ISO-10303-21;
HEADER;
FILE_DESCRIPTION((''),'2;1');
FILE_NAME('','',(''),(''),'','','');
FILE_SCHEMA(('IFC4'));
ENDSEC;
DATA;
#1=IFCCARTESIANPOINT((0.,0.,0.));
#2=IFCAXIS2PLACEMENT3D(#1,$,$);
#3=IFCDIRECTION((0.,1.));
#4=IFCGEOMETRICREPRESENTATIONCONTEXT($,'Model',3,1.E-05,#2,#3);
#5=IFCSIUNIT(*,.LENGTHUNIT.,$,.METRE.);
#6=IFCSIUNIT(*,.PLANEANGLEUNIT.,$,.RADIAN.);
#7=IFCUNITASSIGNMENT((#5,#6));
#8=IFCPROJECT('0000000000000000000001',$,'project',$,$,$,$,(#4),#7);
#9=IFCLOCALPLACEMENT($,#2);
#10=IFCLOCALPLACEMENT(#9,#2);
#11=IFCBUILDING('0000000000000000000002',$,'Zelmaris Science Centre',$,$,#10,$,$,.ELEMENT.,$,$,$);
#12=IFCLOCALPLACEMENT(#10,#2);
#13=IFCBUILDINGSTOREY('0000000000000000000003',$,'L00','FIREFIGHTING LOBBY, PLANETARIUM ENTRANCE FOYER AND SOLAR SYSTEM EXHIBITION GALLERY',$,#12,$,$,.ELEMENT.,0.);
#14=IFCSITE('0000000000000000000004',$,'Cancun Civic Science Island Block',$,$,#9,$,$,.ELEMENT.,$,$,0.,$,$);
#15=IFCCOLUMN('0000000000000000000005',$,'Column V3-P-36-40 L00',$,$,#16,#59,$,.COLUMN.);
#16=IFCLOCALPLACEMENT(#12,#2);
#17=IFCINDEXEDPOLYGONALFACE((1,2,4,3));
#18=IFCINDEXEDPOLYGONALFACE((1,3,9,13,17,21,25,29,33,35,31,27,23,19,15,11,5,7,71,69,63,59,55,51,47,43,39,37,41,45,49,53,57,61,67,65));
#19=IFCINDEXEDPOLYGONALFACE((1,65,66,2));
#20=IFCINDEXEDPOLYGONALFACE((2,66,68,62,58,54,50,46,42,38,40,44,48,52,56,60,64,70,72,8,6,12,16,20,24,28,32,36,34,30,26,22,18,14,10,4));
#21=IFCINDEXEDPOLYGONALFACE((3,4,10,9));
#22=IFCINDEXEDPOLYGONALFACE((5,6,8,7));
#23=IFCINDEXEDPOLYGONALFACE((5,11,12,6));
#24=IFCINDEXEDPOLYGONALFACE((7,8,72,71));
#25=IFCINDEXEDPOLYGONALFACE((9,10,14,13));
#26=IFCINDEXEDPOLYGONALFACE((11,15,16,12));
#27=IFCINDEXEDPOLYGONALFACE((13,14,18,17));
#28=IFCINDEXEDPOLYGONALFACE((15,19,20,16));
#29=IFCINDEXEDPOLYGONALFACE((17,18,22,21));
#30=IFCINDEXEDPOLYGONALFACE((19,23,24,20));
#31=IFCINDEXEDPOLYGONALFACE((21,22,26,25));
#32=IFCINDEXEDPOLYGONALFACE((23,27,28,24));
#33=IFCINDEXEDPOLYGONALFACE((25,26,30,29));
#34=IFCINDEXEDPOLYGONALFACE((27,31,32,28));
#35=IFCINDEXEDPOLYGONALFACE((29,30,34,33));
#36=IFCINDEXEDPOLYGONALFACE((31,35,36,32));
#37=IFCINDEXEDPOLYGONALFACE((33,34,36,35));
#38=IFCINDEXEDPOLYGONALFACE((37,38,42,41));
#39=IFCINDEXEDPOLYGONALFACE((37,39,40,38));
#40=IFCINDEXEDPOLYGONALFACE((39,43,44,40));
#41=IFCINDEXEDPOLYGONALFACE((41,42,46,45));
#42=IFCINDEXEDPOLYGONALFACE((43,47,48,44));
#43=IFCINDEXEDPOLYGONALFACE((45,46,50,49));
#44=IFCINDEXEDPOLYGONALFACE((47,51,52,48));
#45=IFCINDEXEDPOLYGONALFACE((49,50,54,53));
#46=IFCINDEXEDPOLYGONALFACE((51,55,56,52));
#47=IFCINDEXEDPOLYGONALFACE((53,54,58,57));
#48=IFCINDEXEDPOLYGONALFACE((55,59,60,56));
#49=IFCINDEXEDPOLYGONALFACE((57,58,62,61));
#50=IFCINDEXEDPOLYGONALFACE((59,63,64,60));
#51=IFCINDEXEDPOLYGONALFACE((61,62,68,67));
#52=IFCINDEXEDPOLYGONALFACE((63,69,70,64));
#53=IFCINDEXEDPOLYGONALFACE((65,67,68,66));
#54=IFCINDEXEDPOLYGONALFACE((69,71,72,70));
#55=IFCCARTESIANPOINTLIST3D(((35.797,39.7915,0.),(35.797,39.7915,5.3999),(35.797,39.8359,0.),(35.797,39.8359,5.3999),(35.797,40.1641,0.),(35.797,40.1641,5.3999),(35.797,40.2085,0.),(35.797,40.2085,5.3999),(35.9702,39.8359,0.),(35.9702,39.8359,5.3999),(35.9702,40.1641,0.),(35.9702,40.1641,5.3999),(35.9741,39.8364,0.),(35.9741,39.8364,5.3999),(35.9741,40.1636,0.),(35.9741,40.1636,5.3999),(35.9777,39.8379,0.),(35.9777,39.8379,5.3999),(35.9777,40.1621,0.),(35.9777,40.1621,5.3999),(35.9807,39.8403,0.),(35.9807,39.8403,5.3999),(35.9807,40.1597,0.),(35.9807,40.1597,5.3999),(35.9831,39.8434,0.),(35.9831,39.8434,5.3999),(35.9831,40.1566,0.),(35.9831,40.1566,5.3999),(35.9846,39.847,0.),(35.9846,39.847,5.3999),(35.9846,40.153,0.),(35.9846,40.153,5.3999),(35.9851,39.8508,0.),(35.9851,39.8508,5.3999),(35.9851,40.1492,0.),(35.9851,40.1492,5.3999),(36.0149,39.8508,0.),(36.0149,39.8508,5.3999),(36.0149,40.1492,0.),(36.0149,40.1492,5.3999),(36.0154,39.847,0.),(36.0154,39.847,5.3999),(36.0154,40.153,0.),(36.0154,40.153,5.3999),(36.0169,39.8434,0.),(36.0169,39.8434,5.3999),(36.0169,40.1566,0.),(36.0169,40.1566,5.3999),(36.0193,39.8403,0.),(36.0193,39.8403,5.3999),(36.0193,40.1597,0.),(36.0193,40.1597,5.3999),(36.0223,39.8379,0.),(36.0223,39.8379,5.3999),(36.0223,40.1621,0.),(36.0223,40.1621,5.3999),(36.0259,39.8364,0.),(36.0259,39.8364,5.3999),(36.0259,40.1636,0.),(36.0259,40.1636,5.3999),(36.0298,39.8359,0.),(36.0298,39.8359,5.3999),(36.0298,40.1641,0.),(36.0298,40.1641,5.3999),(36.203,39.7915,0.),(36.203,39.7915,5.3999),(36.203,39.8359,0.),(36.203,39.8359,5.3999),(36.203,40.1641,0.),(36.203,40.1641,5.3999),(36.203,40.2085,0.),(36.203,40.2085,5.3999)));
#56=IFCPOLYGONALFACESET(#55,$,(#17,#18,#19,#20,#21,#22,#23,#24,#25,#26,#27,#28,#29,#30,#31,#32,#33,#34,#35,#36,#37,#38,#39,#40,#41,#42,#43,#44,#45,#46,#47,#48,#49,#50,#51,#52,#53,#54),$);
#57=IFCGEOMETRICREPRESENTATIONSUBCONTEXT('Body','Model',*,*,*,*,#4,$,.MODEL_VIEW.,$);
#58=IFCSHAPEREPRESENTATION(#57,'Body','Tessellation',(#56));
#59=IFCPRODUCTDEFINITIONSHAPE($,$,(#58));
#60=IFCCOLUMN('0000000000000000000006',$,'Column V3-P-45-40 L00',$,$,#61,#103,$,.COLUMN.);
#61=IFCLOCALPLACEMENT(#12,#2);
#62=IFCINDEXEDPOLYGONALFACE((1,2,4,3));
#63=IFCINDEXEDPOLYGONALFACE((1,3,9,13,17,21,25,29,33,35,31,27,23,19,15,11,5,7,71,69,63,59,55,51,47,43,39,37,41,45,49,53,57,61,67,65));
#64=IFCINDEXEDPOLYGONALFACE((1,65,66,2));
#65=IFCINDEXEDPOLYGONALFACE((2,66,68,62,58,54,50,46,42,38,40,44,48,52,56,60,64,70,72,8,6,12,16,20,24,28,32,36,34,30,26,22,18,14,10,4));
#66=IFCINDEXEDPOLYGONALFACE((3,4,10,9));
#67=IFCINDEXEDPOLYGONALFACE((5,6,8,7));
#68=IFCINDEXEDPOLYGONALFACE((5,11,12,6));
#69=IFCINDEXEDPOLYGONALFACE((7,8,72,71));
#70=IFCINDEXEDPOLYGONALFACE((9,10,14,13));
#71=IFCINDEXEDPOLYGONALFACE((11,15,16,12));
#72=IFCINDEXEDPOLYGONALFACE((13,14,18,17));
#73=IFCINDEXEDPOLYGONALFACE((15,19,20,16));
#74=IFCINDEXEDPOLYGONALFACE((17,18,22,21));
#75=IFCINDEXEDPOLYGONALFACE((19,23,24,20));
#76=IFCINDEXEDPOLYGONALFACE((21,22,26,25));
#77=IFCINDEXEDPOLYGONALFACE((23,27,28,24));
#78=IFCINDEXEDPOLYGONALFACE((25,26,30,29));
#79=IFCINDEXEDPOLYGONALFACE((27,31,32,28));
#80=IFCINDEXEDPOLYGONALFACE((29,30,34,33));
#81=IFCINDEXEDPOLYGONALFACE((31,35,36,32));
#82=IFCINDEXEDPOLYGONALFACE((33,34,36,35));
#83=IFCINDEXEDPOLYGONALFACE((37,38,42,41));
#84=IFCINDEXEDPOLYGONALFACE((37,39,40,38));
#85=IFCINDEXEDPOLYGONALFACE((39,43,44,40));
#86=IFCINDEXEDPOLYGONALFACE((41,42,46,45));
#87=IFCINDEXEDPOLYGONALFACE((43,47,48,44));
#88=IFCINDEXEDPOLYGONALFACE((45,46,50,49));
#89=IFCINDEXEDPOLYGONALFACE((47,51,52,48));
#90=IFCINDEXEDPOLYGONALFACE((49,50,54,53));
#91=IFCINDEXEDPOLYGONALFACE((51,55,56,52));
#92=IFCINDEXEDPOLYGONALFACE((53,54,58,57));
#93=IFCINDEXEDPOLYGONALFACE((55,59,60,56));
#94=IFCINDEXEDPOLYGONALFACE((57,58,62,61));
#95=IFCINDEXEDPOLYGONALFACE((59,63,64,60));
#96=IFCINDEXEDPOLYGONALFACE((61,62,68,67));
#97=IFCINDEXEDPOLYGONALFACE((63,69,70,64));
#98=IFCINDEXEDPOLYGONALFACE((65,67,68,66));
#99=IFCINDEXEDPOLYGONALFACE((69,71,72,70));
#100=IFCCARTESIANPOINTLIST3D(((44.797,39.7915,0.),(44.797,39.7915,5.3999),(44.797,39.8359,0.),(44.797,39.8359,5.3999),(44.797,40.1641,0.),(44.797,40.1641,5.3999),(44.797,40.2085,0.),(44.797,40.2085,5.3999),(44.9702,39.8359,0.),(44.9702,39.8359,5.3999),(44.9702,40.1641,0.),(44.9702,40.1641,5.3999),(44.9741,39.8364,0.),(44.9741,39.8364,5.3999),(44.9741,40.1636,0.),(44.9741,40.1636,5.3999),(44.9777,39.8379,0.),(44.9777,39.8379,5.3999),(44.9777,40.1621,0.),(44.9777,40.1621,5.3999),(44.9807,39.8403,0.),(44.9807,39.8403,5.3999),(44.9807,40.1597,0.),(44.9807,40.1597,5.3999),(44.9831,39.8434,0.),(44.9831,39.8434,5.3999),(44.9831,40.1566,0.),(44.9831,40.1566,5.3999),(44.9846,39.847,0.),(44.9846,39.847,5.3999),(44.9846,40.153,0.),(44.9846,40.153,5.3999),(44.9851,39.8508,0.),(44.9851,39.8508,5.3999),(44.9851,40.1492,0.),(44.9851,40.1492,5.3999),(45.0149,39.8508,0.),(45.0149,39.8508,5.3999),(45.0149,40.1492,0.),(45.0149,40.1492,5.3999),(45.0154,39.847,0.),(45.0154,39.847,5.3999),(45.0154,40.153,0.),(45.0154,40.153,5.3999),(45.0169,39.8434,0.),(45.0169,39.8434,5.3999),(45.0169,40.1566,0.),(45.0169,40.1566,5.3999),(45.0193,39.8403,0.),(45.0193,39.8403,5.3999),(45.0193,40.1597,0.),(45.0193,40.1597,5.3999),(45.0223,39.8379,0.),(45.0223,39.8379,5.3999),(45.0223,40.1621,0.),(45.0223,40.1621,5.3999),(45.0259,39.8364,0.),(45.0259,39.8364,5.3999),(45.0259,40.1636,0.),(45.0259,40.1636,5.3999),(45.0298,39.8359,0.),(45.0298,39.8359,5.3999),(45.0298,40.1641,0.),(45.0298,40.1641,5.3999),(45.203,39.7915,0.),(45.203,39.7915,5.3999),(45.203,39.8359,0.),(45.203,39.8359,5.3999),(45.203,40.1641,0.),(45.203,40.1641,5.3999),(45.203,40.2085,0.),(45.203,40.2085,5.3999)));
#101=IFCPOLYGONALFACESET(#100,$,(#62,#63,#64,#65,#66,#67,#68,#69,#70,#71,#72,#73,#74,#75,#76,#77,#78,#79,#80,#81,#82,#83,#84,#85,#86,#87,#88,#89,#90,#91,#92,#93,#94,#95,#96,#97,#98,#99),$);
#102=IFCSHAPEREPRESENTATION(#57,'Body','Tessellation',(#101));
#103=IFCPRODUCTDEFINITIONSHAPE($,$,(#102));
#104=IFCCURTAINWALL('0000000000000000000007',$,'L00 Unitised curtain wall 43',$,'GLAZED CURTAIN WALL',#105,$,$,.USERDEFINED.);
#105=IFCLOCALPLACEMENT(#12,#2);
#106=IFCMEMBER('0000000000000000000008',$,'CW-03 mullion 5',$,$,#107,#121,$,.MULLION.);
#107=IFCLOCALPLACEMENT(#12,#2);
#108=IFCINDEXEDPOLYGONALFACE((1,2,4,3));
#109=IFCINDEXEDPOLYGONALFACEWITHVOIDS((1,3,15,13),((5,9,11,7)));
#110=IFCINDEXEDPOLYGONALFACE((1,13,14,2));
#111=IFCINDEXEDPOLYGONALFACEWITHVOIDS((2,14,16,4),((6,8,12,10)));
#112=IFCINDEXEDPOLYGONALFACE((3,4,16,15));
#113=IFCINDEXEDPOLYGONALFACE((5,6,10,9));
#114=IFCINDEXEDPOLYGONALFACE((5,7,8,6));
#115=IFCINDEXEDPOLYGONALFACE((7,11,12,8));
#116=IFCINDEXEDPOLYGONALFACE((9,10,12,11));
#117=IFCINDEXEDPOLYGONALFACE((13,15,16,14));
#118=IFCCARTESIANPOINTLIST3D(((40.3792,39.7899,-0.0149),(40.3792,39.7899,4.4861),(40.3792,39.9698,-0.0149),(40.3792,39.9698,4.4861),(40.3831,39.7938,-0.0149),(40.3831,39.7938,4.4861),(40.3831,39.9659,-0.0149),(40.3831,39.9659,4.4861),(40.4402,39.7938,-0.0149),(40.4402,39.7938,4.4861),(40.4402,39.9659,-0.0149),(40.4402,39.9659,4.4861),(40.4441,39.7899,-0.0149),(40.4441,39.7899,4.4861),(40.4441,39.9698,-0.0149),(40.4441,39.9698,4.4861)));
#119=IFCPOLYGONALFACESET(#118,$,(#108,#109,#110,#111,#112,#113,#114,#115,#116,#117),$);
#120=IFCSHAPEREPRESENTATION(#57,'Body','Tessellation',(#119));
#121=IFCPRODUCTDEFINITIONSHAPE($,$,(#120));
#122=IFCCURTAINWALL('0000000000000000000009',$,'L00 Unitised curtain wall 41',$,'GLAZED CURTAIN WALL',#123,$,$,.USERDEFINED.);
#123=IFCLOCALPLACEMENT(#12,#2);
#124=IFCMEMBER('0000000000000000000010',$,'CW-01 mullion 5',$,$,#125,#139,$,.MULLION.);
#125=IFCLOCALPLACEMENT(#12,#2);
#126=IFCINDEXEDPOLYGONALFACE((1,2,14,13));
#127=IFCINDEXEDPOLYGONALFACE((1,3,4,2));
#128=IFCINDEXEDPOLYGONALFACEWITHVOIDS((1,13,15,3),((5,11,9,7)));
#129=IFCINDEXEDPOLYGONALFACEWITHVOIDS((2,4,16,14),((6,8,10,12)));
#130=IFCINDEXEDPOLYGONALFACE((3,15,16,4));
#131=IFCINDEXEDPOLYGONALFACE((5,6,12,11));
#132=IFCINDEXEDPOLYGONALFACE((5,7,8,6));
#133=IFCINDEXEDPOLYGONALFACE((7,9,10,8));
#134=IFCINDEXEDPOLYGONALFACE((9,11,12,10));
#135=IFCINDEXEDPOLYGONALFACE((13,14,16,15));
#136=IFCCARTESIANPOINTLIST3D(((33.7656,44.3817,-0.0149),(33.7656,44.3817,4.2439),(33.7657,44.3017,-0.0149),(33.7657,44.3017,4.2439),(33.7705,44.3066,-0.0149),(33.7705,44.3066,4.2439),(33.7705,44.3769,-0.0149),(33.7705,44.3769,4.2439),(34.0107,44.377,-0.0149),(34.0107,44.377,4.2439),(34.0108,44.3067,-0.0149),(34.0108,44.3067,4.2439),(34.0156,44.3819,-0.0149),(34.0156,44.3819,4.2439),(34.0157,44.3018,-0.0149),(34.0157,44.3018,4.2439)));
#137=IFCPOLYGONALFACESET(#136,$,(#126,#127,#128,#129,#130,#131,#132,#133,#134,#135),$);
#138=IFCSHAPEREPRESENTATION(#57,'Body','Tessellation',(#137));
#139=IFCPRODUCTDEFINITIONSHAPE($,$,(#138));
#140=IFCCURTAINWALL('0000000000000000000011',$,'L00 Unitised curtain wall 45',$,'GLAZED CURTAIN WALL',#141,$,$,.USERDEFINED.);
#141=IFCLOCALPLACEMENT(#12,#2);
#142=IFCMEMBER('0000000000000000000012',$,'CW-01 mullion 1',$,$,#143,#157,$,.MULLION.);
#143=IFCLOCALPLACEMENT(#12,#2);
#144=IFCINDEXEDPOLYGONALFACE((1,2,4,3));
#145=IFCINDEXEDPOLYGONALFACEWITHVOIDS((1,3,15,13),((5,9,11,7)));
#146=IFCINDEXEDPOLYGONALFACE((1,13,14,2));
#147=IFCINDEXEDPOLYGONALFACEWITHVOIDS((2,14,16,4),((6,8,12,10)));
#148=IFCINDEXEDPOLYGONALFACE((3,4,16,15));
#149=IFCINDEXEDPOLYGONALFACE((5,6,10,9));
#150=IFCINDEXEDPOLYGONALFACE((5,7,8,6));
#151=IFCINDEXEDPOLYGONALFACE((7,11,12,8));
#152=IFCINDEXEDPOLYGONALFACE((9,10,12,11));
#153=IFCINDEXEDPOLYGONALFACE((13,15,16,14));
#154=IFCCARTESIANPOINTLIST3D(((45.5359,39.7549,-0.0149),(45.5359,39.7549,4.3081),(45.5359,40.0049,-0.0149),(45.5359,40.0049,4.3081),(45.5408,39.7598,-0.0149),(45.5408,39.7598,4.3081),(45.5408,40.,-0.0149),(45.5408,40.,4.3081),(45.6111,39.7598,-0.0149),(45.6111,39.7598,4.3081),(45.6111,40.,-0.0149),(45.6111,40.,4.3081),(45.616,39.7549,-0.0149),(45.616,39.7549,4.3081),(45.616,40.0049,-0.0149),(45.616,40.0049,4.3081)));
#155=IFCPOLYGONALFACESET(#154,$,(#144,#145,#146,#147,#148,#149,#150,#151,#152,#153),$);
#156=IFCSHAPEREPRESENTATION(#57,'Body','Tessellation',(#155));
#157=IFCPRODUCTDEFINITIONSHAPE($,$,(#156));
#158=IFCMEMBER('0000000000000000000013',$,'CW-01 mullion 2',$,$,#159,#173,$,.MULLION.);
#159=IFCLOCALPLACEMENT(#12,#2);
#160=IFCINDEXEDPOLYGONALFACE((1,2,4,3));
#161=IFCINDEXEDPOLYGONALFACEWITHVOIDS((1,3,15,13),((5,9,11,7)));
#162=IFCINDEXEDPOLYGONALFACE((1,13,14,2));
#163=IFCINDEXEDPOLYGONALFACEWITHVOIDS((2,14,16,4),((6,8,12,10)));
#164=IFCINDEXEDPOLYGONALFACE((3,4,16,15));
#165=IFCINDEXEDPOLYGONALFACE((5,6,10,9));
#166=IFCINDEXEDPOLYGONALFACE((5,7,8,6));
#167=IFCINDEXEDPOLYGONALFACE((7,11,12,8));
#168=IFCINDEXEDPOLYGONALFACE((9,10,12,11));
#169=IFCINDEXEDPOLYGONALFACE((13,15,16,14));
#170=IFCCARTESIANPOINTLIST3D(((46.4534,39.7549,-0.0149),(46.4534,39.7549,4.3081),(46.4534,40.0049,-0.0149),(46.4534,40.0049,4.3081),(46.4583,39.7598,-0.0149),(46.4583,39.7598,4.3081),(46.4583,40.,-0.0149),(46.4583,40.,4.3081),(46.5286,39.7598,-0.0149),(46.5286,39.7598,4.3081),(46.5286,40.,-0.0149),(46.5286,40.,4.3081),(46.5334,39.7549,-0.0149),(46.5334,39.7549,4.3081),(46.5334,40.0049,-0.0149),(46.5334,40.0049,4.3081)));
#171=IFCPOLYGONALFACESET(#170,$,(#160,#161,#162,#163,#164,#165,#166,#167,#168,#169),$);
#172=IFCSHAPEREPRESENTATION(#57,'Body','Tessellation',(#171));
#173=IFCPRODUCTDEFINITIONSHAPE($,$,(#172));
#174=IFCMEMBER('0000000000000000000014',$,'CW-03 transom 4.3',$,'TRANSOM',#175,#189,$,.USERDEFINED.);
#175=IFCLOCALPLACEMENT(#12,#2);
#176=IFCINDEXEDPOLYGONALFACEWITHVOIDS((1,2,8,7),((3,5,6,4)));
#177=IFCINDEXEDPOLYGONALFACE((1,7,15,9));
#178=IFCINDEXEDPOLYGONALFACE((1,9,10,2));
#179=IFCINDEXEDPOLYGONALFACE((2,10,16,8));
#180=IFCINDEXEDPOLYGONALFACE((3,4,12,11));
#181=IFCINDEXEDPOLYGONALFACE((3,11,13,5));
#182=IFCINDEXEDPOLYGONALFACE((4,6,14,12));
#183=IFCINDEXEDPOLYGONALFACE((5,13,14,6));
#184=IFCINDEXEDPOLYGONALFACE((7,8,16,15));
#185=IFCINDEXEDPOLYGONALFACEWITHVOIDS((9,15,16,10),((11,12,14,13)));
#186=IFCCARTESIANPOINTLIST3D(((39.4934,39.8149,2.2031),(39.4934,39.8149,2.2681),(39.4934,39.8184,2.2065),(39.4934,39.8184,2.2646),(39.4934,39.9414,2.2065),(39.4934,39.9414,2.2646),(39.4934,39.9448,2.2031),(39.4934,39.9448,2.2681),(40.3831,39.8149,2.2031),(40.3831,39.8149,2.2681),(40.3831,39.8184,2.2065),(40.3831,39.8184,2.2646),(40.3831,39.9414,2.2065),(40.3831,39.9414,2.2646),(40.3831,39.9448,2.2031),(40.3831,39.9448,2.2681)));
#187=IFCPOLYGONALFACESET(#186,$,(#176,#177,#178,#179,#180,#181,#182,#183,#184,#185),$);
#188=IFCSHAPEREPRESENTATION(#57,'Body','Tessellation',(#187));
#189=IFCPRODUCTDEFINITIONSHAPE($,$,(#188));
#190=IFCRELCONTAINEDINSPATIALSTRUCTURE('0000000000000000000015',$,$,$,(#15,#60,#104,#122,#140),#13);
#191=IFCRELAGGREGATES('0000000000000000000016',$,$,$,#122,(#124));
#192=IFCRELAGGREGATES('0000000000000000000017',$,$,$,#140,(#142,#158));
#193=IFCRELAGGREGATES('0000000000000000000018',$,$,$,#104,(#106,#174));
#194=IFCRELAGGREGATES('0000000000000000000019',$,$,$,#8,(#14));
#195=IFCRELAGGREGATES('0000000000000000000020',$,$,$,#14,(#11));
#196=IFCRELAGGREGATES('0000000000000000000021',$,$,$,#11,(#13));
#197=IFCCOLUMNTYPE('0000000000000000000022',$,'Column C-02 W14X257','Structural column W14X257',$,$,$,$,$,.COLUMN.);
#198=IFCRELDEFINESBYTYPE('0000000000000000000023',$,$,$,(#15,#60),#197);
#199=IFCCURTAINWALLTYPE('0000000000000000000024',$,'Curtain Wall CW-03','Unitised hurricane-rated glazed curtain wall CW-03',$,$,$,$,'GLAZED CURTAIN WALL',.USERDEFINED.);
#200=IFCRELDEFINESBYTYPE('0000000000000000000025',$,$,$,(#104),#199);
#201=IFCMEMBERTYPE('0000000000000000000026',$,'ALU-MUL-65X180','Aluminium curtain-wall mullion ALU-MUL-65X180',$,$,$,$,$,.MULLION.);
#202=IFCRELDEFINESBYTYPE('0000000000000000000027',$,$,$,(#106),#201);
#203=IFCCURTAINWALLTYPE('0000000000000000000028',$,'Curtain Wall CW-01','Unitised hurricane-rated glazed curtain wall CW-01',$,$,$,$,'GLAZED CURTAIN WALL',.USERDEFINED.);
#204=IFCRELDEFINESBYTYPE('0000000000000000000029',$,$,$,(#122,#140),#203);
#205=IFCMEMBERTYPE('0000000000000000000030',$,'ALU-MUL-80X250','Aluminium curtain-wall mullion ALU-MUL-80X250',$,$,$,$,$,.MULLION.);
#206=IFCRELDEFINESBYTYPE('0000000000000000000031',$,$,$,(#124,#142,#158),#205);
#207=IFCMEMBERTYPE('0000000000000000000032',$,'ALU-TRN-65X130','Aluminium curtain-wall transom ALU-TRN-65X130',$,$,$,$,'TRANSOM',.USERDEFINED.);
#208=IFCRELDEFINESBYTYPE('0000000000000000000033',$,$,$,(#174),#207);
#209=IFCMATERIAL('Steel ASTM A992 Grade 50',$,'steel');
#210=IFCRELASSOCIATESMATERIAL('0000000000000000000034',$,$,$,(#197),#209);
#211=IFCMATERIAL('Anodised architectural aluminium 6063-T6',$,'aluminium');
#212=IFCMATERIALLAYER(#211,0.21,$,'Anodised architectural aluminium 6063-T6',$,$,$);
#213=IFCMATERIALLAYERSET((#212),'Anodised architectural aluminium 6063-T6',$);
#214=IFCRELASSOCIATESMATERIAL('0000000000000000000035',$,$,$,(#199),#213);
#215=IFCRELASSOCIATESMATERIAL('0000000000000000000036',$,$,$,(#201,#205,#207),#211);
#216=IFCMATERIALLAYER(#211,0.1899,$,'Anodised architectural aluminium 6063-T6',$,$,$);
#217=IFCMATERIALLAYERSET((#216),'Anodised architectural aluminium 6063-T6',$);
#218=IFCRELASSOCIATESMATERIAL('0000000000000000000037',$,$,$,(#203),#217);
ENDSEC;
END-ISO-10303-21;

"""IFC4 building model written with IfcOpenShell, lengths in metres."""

from ifc_helpers import new_model, si_unit, direction, frame, origin, origin_2d, place, context, subcontext, project, spatial, hollow_rectangle, i_section, extrude, material, layer, layer_set, material_profile, profile_set, type_object, element, aggregate, save


model = new_model("IFC4")

# Units and contexts
model_context = context("Model", 3, precision=1e-05, world=origin(), true_north=direction((0.0, 1.0)))
body_context = subcontext(model_context, "Body", "Model", "MODEL_VIEW")
ifc_project = project(units=[si_unit("LENGTHUNIT", "METRE"), si_unit("PLANEANGLEUNIT", "RADIAN")], contexts=[model_context])

# Site, building, storey
site_placement = place(None, origin())
site = spatial("IfcSite", under=ifc_project, at=site_placement, Name="Cancun Civic Science Island Block", CompositionType="ELEMENT", RefElevation=0.0)
building_placement = place(site_placement, origin())
building = spatial("IfcBuilding", under=site, at=building_placement, Name="Zelmaris Science Centre", CompositionType="ELEMENT")
storey_placement = place(building_placement, origin())
storey = spatial("IfcBuildingStorey", under=building, at=storey_placement, Name="L00", Description="FIREFIGHTING LOBBY, PLANETARIUM ENTRANCE FOYER AND SOLAR SYSTEM EXHIBITION GALLERY", CompositionType="ELEMENT", Elevation=0.0)

# Columns
ifc_material_1 = material(Name="Steel ASTM A992 Grade 50", Category="steel")
ifc_material_profile_1 = material_profile(ifc_material_1, i_section(OverallWidth=0.406, OverallDepth=0.417, WebThickness=0.0298, FlangeThickness=0.0444, FilletRadius=0.0149, at=origin_2d()), Name="W14X257")
ifc_profile_set_1 = profile_set([ifc_material_profile_1], Name="Steel ASTM A992 Grade 50")
column_type = type_object("IfcColumnType", Name="Column C-02 W14X257", Description="Structural column W14X257", PredefinedType="COLUMN", material=ifc_profile_set_1)
for number, where, z_axis, x_axis, name in (
    (1, (36.0, 40.0, 0.0), (0.0, 0.0, 1.0), (1.0, 0.0, 0.0), "Column V3-P-36-40 L00"),
    (2, (45.0, 40.0, 0.0), (0.0, 0.0, 1.0), (1.0, 0.0, 0.0), "Column V3-P-45-40 L00"),
):
    element("IfcColumn", number, at=place(storey_placement, frame(where, z_axis=z_axis, x_axis=x_axis)), inside=storey, type_object=column_type, Name=name, PredefinedType="COLUMN", context=body_context, shape_type="SweptSolid", body=[
        extrude(i_section(OverallWidth=0.406, OverallDepth=0.417, WebThickness=0.0298, FlangeThickness=0.0444, FilletRadius=0.0149, at=origin_2d()), origin(), (0.0, 0.0, 1.0), 5.3999),
    ])

# Curtain walls, members
ifc_material_2 = material(Name="Anodised architectural aluminium 6063-T6", Category="aluminium")
ifc_layer_1 = layer(ifc_material_2, 0.21, Name="Anodised architectural aluminium 6063-T6")
ifc_layer_set_1 = layer_set([ifc_layer_1], Name="Anodised architectural aluminium 6063-T6")
curtain_wall_type_1 = type_object("IfcCurtainWallType", Name="Curtain Wall CW-03", Description="Unitised hurricane-rated glazed curtain wall CW-03", ElementType="GLAZED CURTAIN WALL", PredefinedType="USERDEFINED", material=ifc_layer_set_1)
curtain_wall_1_placement = place(storey_placement, origin())
curtain_wall_1 = element("IfcCurtainWall", 3, at=curtain_wall_1_placement, inside=storey, type_object=curtain_wall_type_1, Name="L00 Unitised curtain wall 43", ObjectType="GLAZED CURTAIN WALL", PredefinedType="USERDEFINED")
ifc_material_profile_2 = material_profile(ifc_material_2, hollow_rectangle(XDim=0.0649, YDim=0.1799, WallThickness=0.0039, at=origin_2d()), Name="ALU-MUL-65X180")
ifc_profile_set_2 = profile_set([ifc_material_profile_2], Name="Anodised architectural aluminium 6063-T6")
member_type_1 = type_object("IfcMemberType", Name="ALU-MUL-65X180", Description="Aluminium curtain-wall mullion ALU-MUL-65X180", PredefinedType="MULLION", material=ifc_profile_set_2)
member_1_placement = place(storey_placement, frame((40.4116, 39.8799, -0.0149), z_axis=(0.0, 0.0, 1.0), x_axis=(1.0, -0.000003, 0.0)))
member_1 = element("IfcMember", 4, at=member_1_placement, type_object=member_type_1, Name="CW-03 mullion 5", PredefinedType="MULLION", context=body_context, shape_type="SweptSolid", body=[
    extrude(hollow_rectangle(XDim=0.0649, YDim=0.1799, WallThickness=0.0039, at=origin_2d()), origin(), (0.0, 0.0, 1.0), 4.501),
])
ifc_layer_2 = layer(ifc_material_2, 0.1899, Name="Anodised architectural aluminium 6063-T6")
ifc_layer_set_2 = layer_set([ifc_layer_2], Name="Anodised architectural aluminium 6063-T6")
curtain_wall_type_2 = type_object("IfcCurtainWallType", Name="Curtain Wall CW-01", Description="Unitised hurricane-rated glazed curtain wall CW-01", ElementType="GLAZED CURTAIN WALL", PredefinedType="USERDEFINED", material=ifc_layer_set_2)
curtain_wall_2_placement = place(storey_placement, origin())
curtain_wall_2 = element("IfcCurtainWall", 5, at=curtain_wall_2_placement, inside=storey, type_object=curtain_wall_type_2, Name="L00 Unitised curtain wall 41", ObjectType="GLAZED CURTAIN WALL", PredefinedType="USERDEFINED")
ifc_material_profile_3 = material_profile(ifc_material_2, hollow_rectangle(XDim=0.0801, YDim=0.25, WallThickness=0.0049, at=origin_2d()), Name="ALU-MUL-80X250")
ifc_profile_set_3 = profile_set([ifc_material_profile_3], Name="Anodised architectural aluminium 6063-T6")
member_type_2 = type_object("IfcMemberType", Name="ALU-MUL-80X250", Description="Aluminium curtain-wall mullion ALU-MUL-80X250", PredefinedType="MULLION", material=ifc_profile_set_3)
member_2_placement = place(storey_placement, frame((33.8906, 44.3418, -0.0149), z_axis=(0.0, 0.0, 1.0), x_axis=(0.000693, -1.0, 0.0)))
member_2 = element("IfcMember", 6, at=member_2_placement, type_object=member_type_2, Name="CW-01 mullion 5", PredefinedType="MULLION", context=body_context, shape_type="SweptSolid", body=[
    extrude(hollow_rectangle(XDim=0.0801, YDim=0.25, WallThickness=0.0049, at=origin_2d()), origin(), (0.0, 0.0, 1.0), 4.2588),
])

# Curtain wall, members
curtain_wall_3_placement = place(storey_placement, origin())
curtain_wall_3 = element("IfcCurtainWall", 7, at=curtain_wall_3_placement, inside=storey, type_object=curtain_wall_type_2, Name="L00 Unitised curtain wall 45", ObjectType="GLAZED CURTAIN WALL", PredefinedType="USERDEFINED")
member_3_placement = place(storey_placement, frame((45.5759, 39.8799, -0.0149), z_axis=(0.0, 0.0, 1.0), x_axis=(1.0, -0.000003, 0.0)))
member_3 = element("IfcMember", 8, at=member_3_placement, type_object=member_type_2, Name="CW-01 mullion 1", PredefinedType="MULLION", context=body_context, shape_type="SweptSolid", body=[
    extrude(hollow_rectangle(XDim=0.0801, YDim=0.25, WallThickness=0.0049, at=origin_2d()), origin(), (0.0, 0.0, 1.0), 4.323),
])
member_4_placement = place(storey_placement, frame((46.4934, 39.8799, -0.0149), z_axis=(0.0, 0.0, 1.0), x_axis=(1.0, -0.000003, 0.0)))
member_4 = element("IfcMember", 9, at=member_4_placement, type_object=member_type_2, Name="CW-01 mullion 2", PredefinedType="MULLION", context=body_context, shape_type="SweptSolid", body=[
    extrude(hollow_rectangle(XDim=0.0801, YDim=0.25, WallThickness=0.0049, at=origin_2d()), origin(), (0.0, 0.0, 1.0), 4.323),
])

# Member
ifc_material_profile_4 = material_profile(ifc_material_2, hollow_rectangle(XDim=0.0649, YDim=0.1299, WallThickness=0.0034, at=origin_2d()), Name="ALU-TRN-65X130")
ifc_profile_set_4 = profile_set([ifc_material_profile_4], Name="Anodised architectural aluminium 6063-T6")
member_type_3 = type_object("IfcMemberType", Name="ALU-TRN-65X130", Description="Aluminium curtain-wall transom ALU-TRN-65X130", ElementType="TRANSOM", PredefinedType="USERDEFINED", material=ifc_profile_set_4)
member_5_placement = place(storey_placement, frame((39.4934, 39.8799, 2.2356), z_axis=(1.0, 0.0, 0.0), x_axis=(0.0, 0.0, 1.0)))
member_5 = element("IfcMember", 10, at=member_5_placement, type_object=member_type_3, Name="CW-03 transom 4.3", ObjectType="TRANSOM", PredefinedType="USERDEFINED", context=body_context, shape_type="SweptSolid", body=[
    extrude(hollow_rectangle(XDim=0.0649, YDim=0.1299, WallThickness=0.0034, at=origin_2d()), origin(), (0.0, 0.0, 1.0), 0.8896),
])

aggregate(curtain_wall_2, [member_2])
aggregate(curtain_wall_3, [member_3, member_4])
aggregate(curtain_wall_1, [member_1, member_5])

save(model, "model.ifc")
